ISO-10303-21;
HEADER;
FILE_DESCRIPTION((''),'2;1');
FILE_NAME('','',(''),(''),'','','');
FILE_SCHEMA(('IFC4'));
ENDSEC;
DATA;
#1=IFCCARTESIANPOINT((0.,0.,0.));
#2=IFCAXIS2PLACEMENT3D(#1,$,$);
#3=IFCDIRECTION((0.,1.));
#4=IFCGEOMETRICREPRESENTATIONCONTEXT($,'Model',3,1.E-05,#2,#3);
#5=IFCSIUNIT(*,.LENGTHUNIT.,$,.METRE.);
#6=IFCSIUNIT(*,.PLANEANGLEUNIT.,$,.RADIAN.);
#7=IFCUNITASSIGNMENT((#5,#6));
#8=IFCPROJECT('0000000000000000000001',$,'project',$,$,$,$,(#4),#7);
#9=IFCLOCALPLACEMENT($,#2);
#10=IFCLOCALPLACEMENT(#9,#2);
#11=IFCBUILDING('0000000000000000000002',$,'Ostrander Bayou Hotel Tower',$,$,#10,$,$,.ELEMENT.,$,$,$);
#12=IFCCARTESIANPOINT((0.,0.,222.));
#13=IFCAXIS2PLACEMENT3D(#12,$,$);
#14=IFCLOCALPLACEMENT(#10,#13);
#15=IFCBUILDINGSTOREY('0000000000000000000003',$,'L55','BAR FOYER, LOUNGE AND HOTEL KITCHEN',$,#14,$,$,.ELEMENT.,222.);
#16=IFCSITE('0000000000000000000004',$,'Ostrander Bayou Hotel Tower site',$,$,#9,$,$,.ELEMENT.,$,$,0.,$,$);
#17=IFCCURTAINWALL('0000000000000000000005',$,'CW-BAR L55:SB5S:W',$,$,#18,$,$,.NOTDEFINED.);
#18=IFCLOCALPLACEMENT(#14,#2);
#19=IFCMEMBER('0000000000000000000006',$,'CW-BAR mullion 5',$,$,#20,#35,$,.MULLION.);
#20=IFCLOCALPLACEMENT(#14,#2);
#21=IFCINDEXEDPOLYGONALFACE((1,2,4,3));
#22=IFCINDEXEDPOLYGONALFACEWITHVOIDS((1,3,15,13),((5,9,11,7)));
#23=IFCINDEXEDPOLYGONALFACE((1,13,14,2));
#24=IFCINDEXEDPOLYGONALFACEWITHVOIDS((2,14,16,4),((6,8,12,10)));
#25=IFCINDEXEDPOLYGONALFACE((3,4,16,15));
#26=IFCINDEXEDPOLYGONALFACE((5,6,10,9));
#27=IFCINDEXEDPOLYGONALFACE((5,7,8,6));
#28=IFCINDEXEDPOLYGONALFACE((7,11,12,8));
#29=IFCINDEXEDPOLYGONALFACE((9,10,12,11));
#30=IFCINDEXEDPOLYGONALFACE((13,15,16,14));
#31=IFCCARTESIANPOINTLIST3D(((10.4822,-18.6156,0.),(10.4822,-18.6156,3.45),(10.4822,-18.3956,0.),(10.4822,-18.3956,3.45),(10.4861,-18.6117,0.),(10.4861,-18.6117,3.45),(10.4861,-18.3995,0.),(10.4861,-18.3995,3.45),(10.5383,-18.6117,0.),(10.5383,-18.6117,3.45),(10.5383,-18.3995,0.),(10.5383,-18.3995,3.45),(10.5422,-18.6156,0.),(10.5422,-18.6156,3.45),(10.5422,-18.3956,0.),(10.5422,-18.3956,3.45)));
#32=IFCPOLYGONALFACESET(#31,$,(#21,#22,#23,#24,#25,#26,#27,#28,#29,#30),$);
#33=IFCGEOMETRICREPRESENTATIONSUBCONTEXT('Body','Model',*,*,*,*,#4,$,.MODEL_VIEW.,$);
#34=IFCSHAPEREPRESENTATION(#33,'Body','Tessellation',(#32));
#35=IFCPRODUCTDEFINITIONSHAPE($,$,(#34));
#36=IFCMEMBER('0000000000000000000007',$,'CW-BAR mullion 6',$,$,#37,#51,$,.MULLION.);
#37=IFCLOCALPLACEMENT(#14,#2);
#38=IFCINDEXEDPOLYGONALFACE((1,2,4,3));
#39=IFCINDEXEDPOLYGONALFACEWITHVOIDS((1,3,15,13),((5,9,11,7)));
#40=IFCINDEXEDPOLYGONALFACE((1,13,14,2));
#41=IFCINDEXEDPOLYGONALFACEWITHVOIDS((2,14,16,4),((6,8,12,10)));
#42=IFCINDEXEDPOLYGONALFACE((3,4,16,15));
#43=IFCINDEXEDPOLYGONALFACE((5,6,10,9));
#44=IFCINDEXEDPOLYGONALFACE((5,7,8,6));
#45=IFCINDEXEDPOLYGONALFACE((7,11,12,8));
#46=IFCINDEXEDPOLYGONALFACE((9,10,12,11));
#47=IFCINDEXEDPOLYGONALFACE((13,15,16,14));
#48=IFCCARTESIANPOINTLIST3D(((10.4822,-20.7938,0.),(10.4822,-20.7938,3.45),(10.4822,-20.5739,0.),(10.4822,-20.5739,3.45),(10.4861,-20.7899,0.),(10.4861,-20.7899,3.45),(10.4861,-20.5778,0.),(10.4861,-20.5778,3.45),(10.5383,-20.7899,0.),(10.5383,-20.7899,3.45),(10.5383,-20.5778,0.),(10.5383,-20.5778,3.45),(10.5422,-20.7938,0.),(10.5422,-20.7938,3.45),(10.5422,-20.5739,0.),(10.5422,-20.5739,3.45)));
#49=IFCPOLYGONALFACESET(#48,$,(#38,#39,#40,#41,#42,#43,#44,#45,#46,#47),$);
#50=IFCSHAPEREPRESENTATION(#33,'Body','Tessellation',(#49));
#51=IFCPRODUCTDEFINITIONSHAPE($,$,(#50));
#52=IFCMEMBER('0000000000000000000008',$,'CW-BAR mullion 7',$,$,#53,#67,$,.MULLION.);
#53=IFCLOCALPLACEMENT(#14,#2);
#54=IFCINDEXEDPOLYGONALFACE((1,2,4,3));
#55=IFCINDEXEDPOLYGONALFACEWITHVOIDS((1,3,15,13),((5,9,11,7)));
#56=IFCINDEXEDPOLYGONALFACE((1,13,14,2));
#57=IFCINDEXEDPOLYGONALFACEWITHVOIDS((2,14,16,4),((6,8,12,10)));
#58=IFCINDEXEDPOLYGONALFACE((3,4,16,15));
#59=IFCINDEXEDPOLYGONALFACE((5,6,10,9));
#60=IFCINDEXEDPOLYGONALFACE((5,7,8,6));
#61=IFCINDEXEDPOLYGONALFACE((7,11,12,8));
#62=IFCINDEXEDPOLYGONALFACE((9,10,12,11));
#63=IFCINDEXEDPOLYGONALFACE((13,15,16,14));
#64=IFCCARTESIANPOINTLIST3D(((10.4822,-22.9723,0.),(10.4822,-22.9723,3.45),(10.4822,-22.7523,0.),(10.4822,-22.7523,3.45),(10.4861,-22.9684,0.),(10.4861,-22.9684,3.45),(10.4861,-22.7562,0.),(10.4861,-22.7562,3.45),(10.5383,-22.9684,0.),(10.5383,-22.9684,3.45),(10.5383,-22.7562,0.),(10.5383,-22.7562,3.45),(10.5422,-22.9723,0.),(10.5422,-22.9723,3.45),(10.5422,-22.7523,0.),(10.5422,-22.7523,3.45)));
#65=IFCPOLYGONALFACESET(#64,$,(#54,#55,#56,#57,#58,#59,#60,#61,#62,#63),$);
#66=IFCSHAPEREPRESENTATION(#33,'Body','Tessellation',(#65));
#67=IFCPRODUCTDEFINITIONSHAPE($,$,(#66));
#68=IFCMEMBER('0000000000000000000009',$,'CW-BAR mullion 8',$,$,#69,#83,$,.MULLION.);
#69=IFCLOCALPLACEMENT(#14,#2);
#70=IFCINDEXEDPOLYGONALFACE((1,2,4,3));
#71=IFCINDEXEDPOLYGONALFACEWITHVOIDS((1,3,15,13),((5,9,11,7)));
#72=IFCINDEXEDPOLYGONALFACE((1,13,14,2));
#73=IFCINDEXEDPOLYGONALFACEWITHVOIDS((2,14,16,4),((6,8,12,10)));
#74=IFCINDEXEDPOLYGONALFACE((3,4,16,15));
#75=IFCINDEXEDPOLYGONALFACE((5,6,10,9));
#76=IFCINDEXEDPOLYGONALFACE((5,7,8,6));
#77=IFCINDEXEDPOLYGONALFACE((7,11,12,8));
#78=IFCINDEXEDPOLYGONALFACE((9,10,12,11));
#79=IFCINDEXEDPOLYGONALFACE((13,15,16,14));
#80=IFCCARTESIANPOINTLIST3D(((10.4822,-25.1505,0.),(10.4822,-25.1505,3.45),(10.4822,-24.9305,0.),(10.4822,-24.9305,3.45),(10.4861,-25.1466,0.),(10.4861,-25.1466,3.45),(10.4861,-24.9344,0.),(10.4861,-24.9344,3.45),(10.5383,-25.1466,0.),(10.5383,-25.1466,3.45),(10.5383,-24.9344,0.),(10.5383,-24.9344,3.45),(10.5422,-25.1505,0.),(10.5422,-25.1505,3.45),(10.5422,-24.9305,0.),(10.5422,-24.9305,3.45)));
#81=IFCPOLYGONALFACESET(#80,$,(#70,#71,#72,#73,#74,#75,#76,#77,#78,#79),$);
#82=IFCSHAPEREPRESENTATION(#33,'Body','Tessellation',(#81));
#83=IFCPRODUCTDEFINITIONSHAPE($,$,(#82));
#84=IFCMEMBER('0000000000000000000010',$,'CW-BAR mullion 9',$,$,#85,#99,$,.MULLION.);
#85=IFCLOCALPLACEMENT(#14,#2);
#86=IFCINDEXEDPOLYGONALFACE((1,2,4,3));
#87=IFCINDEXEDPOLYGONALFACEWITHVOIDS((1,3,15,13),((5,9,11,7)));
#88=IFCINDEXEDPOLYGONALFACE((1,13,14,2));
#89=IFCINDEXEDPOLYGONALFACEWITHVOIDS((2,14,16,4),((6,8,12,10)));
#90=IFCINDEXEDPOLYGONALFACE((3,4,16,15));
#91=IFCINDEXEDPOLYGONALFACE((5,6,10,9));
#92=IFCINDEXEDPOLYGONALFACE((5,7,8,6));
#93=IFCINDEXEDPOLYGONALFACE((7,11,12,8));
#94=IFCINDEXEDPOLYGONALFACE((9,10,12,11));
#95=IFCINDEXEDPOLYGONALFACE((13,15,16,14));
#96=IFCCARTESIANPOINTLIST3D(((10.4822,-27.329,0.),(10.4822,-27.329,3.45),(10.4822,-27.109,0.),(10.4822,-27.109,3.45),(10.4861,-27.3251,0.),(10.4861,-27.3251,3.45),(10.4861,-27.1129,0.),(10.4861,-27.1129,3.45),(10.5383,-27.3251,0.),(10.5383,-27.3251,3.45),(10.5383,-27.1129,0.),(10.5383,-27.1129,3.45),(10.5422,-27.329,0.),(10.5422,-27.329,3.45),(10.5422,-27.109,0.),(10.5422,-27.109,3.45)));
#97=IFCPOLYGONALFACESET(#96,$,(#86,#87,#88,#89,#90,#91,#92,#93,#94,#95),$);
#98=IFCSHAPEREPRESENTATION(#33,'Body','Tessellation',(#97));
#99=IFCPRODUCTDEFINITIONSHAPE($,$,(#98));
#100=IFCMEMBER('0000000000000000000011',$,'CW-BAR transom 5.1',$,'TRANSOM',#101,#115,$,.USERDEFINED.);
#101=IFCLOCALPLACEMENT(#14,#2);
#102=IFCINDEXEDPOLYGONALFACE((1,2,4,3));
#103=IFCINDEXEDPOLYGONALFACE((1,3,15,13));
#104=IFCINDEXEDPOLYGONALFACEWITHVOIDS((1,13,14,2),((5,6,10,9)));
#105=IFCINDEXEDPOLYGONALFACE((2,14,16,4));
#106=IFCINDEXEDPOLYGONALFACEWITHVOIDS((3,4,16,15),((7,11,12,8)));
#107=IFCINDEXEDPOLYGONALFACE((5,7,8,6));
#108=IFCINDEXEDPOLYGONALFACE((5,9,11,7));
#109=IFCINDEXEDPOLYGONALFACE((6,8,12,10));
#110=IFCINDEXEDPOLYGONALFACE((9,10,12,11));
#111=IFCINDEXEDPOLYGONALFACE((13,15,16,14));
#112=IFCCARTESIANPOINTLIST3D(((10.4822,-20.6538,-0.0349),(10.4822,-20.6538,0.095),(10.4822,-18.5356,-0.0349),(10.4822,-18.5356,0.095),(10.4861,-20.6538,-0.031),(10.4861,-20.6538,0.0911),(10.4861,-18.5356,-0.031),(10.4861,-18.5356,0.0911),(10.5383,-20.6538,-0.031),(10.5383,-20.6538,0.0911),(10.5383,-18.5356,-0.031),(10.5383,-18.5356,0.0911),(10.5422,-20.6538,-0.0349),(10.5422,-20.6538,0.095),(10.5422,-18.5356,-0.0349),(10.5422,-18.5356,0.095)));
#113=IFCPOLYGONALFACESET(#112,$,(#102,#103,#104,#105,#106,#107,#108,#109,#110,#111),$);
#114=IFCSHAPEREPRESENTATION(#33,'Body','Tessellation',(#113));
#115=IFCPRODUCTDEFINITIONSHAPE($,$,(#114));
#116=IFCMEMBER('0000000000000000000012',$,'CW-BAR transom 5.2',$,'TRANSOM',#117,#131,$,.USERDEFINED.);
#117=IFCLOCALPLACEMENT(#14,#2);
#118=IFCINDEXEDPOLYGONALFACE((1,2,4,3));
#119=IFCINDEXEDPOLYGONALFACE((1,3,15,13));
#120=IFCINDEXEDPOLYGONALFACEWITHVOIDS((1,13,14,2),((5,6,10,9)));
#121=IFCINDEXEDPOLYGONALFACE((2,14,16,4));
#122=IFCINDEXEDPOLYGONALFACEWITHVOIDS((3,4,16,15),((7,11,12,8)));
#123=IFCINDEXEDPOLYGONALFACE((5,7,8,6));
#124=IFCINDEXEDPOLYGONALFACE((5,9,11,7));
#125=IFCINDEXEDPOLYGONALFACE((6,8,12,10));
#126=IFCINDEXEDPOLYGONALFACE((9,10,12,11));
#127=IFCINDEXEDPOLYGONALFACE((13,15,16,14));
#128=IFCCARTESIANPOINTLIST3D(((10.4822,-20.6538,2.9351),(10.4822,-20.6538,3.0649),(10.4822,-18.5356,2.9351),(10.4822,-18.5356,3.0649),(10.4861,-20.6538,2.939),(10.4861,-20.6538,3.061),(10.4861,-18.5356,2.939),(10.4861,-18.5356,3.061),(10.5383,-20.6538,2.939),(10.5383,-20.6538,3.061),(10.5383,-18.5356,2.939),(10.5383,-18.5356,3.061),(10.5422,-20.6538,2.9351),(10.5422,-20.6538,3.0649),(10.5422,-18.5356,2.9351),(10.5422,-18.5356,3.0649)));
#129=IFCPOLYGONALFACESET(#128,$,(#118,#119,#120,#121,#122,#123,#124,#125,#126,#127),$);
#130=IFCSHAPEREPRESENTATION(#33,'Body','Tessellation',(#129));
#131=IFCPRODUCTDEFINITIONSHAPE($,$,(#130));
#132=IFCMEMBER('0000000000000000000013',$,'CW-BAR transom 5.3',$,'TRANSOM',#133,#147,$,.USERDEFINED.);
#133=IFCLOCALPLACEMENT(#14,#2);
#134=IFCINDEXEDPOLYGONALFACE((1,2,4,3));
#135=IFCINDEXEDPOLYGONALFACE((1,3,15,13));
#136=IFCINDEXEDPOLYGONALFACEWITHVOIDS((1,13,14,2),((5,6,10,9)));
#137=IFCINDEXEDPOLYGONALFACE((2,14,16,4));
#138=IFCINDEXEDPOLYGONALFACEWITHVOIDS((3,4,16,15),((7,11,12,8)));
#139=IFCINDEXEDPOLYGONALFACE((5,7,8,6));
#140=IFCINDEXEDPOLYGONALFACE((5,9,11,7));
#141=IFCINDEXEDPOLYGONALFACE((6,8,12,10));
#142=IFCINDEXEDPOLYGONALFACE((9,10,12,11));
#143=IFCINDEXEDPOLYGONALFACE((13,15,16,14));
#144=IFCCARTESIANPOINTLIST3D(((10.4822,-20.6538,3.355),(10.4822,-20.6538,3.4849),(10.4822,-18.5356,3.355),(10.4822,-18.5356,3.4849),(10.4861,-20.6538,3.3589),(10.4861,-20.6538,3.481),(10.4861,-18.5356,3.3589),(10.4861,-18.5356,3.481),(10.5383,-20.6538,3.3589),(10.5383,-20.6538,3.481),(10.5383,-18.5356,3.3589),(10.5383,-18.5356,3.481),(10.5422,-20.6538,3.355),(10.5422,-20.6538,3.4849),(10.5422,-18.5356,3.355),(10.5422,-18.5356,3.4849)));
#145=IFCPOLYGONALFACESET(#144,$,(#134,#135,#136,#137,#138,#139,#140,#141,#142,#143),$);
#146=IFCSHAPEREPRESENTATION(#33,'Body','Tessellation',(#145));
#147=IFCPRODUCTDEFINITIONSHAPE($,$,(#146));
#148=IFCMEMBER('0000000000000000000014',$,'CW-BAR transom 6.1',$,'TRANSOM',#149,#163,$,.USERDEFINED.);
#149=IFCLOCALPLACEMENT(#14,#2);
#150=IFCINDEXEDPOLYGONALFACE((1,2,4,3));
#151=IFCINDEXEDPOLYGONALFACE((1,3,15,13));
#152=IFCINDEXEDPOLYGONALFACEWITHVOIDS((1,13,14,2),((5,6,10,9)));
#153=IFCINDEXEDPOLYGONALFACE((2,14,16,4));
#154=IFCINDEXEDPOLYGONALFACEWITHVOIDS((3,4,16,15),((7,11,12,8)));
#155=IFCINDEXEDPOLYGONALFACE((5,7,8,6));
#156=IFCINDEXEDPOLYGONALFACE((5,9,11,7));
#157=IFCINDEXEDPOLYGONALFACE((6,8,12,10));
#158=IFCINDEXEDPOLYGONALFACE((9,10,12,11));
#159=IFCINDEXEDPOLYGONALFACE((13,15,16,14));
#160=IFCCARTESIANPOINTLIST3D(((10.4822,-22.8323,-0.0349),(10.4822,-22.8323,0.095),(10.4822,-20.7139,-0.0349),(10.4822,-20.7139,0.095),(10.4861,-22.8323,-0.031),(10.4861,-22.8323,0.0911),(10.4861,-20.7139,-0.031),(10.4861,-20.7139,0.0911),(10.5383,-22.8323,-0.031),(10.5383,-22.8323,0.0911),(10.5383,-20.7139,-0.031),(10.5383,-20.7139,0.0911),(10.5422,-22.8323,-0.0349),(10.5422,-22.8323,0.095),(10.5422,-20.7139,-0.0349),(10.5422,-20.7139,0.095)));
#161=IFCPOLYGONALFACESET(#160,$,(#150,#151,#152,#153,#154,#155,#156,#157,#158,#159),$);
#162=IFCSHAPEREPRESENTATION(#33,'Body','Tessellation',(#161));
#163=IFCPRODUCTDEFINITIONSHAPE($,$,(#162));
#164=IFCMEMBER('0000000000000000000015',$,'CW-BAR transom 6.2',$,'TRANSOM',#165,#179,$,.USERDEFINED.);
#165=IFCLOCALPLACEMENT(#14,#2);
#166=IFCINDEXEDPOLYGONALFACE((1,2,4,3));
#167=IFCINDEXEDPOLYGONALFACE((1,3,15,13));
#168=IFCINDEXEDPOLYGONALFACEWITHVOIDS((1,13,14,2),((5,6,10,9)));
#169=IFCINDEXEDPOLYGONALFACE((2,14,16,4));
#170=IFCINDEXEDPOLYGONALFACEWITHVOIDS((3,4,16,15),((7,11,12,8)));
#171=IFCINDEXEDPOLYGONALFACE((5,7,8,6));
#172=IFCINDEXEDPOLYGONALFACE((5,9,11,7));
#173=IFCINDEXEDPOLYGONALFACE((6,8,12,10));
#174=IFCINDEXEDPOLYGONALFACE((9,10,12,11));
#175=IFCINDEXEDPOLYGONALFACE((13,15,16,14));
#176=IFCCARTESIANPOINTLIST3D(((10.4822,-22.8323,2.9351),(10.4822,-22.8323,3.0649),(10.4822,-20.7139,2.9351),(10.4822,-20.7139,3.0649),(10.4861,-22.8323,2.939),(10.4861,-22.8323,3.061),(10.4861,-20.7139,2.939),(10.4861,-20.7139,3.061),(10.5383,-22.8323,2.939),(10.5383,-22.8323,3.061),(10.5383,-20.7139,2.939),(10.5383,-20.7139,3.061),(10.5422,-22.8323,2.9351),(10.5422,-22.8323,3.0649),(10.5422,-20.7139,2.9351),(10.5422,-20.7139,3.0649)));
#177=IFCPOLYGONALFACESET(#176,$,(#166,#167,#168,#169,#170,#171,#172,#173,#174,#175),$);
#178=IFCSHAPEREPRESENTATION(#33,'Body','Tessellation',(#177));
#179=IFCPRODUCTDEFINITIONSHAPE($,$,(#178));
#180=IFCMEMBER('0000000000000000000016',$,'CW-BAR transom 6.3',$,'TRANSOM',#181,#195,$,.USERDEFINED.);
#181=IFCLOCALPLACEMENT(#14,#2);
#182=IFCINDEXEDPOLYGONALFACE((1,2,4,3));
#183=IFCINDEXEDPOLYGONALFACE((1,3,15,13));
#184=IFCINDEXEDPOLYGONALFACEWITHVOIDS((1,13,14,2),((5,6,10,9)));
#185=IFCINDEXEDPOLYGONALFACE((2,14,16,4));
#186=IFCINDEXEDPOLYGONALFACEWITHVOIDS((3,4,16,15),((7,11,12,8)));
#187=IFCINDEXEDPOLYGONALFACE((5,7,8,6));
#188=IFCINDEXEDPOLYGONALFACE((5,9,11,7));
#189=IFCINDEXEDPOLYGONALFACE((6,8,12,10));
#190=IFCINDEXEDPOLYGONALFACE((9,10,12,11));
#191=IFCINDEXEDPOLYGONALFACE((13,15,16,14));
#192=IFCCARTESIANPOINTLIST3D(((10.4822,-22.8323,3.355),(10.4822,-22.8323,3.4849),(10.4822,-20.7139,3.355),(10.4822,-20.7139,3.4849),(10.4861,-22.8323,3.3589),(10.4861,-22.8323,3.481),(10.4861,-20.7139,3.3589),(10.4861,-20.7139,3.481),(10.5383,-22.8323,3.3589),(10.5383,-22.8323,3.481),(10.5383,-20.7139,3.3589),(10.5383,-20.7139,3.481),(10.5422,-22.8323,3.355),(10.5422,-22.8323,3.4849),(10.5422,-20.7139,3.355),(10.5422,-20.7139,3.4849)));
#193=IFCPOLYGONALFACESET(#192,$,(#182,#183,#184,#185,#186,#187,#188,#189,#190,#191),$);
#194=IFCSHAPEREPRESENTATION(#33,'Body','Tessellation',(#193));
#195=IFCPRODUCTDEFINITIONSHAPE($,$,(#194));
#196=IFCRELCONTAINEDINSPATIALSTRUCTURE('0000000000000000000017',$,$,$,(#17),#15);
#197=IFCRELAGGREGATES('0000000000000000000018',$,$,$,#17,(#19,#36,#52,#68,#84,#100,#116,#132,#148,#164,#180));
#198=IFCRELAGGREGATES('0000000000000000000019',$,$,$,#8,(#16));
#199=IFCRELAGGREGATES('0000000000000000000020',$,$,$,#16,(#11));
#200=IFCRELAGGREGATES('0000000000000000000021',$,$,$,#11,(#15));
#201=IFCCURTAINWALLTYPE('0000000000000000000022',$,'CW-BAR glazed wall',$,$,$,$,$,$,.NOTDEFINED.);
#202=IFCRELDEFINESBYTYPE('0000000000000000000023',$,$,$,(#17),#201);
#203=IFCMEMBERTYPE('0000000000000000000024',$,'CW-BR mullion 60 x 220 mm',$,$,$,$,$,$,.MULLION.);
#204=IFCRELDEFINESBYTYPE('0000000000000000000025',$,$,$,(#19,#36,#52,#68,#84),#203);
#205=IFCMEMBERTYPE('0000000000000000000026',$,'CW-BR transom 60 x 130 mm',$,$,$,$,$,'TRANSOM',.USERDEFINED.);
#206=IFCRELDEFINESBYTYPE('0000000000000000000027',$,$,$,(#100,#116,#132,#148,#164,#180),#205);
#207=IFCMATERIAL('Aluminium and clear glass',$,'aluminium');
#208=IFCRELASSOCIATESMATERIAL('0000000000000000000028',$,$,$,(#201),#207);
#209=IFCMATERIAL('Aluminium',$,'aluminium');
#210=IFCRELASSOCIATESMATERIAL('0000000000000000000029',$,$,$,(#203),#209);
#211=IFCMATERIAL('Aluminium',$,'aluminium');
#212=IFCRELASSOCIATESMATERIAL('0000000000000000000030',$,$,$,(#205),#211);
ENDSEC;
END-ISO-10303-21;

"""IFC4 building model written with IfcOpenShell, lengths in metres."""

from ifc_helpers import new_model, si_unit, direction, frame, origin, origin_2d, place, context, subcontext, project, spatial, hollow_rectangle, extrude, material, material_profile, profile_set, type_object, element, aggregate, save


model = new_model("IFC4")

# Units and contexts
model_context = context("Model", 3, precision=1e-05, world=origin(), true_north=direction((0.0, 1.0)))
body_context = subcontext(model_context, "Body", "Model", "MODEL_VIEW")
ifc_project = project(units=[si_unit("LENGTHUNIT", "METRE"), si_unit("PLANEANGLEUNIT", "RADIAN")], contexts=[model_context])

# Site, building, storey
site_placement = place(None, origin())
site = spatial("IfcSite", under=ifc_project, at=site_placement, Name="Ostrander Bayou Hotel Tower site", CompositionType="ELEMENT", RefElevation=0.0)
building_placement = place(site_placement, origin())
building = spatial("IfcBuilding", under=site, at=building_placement, Name="Ostrander Bayou Hotel Tower", CompositionType="ELEMENT")
storey_placement = place(building_placement, frame((0.0, 0.0, 222.0)))
storey = spatial("IfcBuildingStorey", under=building, at=storey_placement, Name="L55", Description="BAR FOYER, LOUNGE AND HOTEL KITCHEN", CompositionType="ELEMENT", Elevation=222.0)

# Curtain wall, members
ifc_material_1 = material(Name="Aluminium and clear glass", Category="aluminium")
curtain_wall_type = type_object("IfcCurtainWallType", Name="CW-BAR glazed wall", PredefinedType="NOTDEFINED", material=ifc_material_1)
curtain_wall_placement = place(storey_placement, origin())
curtain_wall = element("IfcCurtainWall", 1, at=curtain_wall_placement, inside=storey, type_object=curtain_wall_type, Name="CW-BAR L55:SB5S:W", PredefinedType="NOTDEFINED")
ifc_material_2 = material(Name="Aluminium", Category="aluminium")
ifc_material_profile_1 = material_profile(ifc_material_2, hollow_rectangle(XDim=0.0601, YDim=0.22, WallThickness=0.0039, at=origin_2d()))
ifc_profile_set_1 = profile_set([ifc_material_profile_1], Name="Aluminium")
member_type_1 = type_object("IfcMemberType", Name="CW-BR mullion 60 x 220 mm", PredefinedType="MULLION", material=ifc_profile_set_1)
member_1_placement = place(storey_placement, frame((10.5122, -18.5056, 0.0), z_axis=(0.0, 0.0, 1.0), x_axis=(1.0, 0.0, 0.0)))
member_1 = element("IfcMember", 2, at=member_1_placement, type_object=member_type_1, Name="CW-BAR mullion 5", PredefinedType="MULLION", context=body_context, shape_type="SweptSolid", body=[
    extrude(hollow_rectangle(XDim=0.0601, YDim=0.22, WallThickness=0.0039, at=origin_2d()), origin(), (0.0, 0.0, 1.0), 3.45),
])
member_2_placement = place(storey_placement, frame((10.5122, -20.6838, 0.0), z_axis=(0.0, 0.0, 1.0), x_axis=(1.0, 0.0, 0.0)))
member_2 = element("IfcMember", 3, at=member_2_placement, type_object=member_type_1, Name="CW-BAR mullion 6", PredefinedType="MULLION", context=body_context, shape_type="SweptSolid", body=[
    extrude(hollow_rectangle(XDim=0.0601, YDim=0.22, WallThickness=0.0039, at=origin_2d()), origin(), (0.0, 0.0, 1.0), 3.45),
])
member_3_placement = place(storey_placement, frame((10.5122, -22.8623, 0.0), z_axis=(0.0, 0.0, 1.0), x_axis=(1.0, 0.0, 0.0)))
member_3 = element("IfcMember", 4, at=member_3_placement, type_object=member_type_1, Name="CW-BAR mullion 7", PredefinedType="MULLION", context=body_context, shape_type="SweptSolid", body=[
    extrude(hollow_rectangle(XDim=0.0601, YDim=0.22, WallThickness=0.0039, at=origin_2d()), origin(), (0.0, 0.0, 1.0), 3.45),
])
member_4_placement = place(storey_placement, frame((10.5122, -25.0405, 0.0), z_axis=(0.0, 0.0, 1.0), x_axis=(1.0, 0.0, 0.0)))
member_4 = element("IfcMember", 5, at=member_4_placement, type_object=member_type_1, Name="CW-BAR mullion 8", PredefinedType="MULLION", context=body_context, shape_type="SweptSolid", body=[
    extrude(hollow_rectangle(XDim=0.0601, YDim=0.22, WallThickness=0.0039, at=origin_2d()), origin(), (0.0, 0.0, 1.0), 3.45),
])
member_5_placement = place(storey_placement, frame((10.5122, -27.219, 0.0), z_axis=(0.0, 0.0, 1.0), x_axis=(1.0, 0.0, 0.0)))
member_5 = element("IfcMember", 6, at=member_5_placement, type_object=member_type_1, Name="CW-BAR mullion 9", PredefinedType="MULLION", context=body_context, shape_type="SweptSolid", body=[
    extrude(hollow_rectangle(XDim=0.0601, YDim=0.22, WallThickness=0.0039, at=origin_2d()), origin(), (0.0, 0.0, 1.0), 3.45),
])
ifc_material_3 = material(Name="Aluminium", Category="aluminium")
ifc_material_profile_2 = material_profile(ifc_material_3, hollow_rectangle(XDim=0.0601, YDim=0.1299, WallThickness=0.0039, at=origin_2d()))
ifc_profile_set_2 = profile_set([ifc_material_profile_2], Name="Aluminium")
member_type_2 = type_object("IfcMemberType", Name="CW-BR transom 60 x 130 mm", ElementType="TRANSOM", PredefinedType="USERDEFINED", material=ifc_profile_set_2)
member_6_placement = place(storey_placement, frame((10.5122, -18.5356, 0.03), z_axis=(0.0, -1.0, 0.0), x_axis=(1.0, 0.0, 0.0)))
member_6 = element("IfcMember", 7, at=member_6_placement, type_object=member_type_2, Name="CW-BAR transom 5.1", ObjectType="TRANSOM", PredefinedType="USERDEFINED", context=body_context, shape_type="SweptSolid", body=[
    extrude(hollow_rectangle(XDim=0.0601, YDim=0.1299, WallThickness=0.0039, at=origin_2d()), origin(), (0.0, 0.0, 1.0), 2.1182),
])
member_7_placement = place(storey_placement, frame((10.5122, -18.5356, 3.0), z_axis=(0.0, -1.0, 0.0), x_axis=(1.0, 0.0, 0.0)))
member_7 = element("IfcMember", 8, at=member_7_placement, type_object=member_type_2, Name="CW-BAR transom 5.2", ObjectType="TRANSOM", PredefinedType="USERDEFINED", context=body_context, shape_type="SweptSolid", body=[
    extrude(hollow_rectangle(XDim=0.0601, YDim=0.1299, WallThickness=0.0039, at=origin_2d()), origin(), (0.0, 0.0, 1.0), 2.1182),
])
member_8_placement = place(storey_placement, frame((10.5122, -18.5356, 3.4199), z_axis=(0.0, -1.0, 0.0), x_axis=(1.0, 0.0, 0.0)))
member_8 = element("IfcMember", 9, at=member_8_placement, type_object=member_type_2, Name="CW-BAR transom 5.3", ObjectType="TRANSOM", PredefinedType="USERDEFINED", context=body_context, shape_type="SweptSolid", body=[
    extrude(hollow_rectangle(XDim=0.0601, YDim=0.1299, WallThickness=0.0039, at=origin_2d()), origin(), (0.0, 0.0, 1.0), 2.1182),
])
member_9_placement = place(storey_placement, frame((10.5122, -20.7139, 0.03), z_axis=(0.0, -1.0, 0.0), x_axis=(1.0, 0.0, 0.0)))
member_9 = element("IfcMember", 10, at=member_9_placement, type_object=member_type_2, Name="CW-BAR transom 6.1", ObjectType="TRANSOM", PredefinedType="USERDEFINED", context=body_context, shape_type="SweptSolid", body=[
    extrude(hollow_rectangle(XDim=0.0601, YDim=0.1299, WallThickness=0.0039, at=origin_2d()), origin(), (0.0, 0.0, 1.0), 2.1184),
])
member_10_placement = place(storey_placement, frame((10.5122, -20.7139, 3.0), z_axis=(0.0, -1.0, 0.0), x_axis=(1.0, 0.0, 0.0)))
member_10 = element("IfcMember", 11, at=member_10_placement, type_object=member_type_2, Name="CW-BAR transom 6.2", ObjectType="TRANSOM", PredefinedType="USERDEFINED", context=body_context, shape_type="SweptSolid", body=[
    extrude(hollow_rectangle(XDim=0.0601, YDim=0.1299, WallThickness=0.0039, at=origin_2d()), origin(), (0.0, 0.0, 1.0), 2.1184),
])
member_11_placement = place(storey_placement, frame((10.5122, -20.7139, 3.4199), z_axis=(0.0, -1.0, 0.0), x_axis=(1.0, 0.0, 0.0)))
member_11 = element("IfcMember", 12, at=member_11_placement, type_object=member_type_2, Name="CW-BAR transom 6.3", ObjectType="TRANSOM", PredefinedType="USERDEFINED", context=body_context, shape_type="SweptSolid", body=[
    extrude(hollow_rectangle(XDim=0.0601, YDim=0.1299, WallThickness=0.0039, at=origin_2d()), origin(), (0.0, 0.0, 1.0), 2.1184),
])

aggregate(curtain_wall, [member_1, member_2, member_3, member_4, member_5, member_6, member_7, member_8, member_9, member_10, member_11])

save(model, "model.ifc")
